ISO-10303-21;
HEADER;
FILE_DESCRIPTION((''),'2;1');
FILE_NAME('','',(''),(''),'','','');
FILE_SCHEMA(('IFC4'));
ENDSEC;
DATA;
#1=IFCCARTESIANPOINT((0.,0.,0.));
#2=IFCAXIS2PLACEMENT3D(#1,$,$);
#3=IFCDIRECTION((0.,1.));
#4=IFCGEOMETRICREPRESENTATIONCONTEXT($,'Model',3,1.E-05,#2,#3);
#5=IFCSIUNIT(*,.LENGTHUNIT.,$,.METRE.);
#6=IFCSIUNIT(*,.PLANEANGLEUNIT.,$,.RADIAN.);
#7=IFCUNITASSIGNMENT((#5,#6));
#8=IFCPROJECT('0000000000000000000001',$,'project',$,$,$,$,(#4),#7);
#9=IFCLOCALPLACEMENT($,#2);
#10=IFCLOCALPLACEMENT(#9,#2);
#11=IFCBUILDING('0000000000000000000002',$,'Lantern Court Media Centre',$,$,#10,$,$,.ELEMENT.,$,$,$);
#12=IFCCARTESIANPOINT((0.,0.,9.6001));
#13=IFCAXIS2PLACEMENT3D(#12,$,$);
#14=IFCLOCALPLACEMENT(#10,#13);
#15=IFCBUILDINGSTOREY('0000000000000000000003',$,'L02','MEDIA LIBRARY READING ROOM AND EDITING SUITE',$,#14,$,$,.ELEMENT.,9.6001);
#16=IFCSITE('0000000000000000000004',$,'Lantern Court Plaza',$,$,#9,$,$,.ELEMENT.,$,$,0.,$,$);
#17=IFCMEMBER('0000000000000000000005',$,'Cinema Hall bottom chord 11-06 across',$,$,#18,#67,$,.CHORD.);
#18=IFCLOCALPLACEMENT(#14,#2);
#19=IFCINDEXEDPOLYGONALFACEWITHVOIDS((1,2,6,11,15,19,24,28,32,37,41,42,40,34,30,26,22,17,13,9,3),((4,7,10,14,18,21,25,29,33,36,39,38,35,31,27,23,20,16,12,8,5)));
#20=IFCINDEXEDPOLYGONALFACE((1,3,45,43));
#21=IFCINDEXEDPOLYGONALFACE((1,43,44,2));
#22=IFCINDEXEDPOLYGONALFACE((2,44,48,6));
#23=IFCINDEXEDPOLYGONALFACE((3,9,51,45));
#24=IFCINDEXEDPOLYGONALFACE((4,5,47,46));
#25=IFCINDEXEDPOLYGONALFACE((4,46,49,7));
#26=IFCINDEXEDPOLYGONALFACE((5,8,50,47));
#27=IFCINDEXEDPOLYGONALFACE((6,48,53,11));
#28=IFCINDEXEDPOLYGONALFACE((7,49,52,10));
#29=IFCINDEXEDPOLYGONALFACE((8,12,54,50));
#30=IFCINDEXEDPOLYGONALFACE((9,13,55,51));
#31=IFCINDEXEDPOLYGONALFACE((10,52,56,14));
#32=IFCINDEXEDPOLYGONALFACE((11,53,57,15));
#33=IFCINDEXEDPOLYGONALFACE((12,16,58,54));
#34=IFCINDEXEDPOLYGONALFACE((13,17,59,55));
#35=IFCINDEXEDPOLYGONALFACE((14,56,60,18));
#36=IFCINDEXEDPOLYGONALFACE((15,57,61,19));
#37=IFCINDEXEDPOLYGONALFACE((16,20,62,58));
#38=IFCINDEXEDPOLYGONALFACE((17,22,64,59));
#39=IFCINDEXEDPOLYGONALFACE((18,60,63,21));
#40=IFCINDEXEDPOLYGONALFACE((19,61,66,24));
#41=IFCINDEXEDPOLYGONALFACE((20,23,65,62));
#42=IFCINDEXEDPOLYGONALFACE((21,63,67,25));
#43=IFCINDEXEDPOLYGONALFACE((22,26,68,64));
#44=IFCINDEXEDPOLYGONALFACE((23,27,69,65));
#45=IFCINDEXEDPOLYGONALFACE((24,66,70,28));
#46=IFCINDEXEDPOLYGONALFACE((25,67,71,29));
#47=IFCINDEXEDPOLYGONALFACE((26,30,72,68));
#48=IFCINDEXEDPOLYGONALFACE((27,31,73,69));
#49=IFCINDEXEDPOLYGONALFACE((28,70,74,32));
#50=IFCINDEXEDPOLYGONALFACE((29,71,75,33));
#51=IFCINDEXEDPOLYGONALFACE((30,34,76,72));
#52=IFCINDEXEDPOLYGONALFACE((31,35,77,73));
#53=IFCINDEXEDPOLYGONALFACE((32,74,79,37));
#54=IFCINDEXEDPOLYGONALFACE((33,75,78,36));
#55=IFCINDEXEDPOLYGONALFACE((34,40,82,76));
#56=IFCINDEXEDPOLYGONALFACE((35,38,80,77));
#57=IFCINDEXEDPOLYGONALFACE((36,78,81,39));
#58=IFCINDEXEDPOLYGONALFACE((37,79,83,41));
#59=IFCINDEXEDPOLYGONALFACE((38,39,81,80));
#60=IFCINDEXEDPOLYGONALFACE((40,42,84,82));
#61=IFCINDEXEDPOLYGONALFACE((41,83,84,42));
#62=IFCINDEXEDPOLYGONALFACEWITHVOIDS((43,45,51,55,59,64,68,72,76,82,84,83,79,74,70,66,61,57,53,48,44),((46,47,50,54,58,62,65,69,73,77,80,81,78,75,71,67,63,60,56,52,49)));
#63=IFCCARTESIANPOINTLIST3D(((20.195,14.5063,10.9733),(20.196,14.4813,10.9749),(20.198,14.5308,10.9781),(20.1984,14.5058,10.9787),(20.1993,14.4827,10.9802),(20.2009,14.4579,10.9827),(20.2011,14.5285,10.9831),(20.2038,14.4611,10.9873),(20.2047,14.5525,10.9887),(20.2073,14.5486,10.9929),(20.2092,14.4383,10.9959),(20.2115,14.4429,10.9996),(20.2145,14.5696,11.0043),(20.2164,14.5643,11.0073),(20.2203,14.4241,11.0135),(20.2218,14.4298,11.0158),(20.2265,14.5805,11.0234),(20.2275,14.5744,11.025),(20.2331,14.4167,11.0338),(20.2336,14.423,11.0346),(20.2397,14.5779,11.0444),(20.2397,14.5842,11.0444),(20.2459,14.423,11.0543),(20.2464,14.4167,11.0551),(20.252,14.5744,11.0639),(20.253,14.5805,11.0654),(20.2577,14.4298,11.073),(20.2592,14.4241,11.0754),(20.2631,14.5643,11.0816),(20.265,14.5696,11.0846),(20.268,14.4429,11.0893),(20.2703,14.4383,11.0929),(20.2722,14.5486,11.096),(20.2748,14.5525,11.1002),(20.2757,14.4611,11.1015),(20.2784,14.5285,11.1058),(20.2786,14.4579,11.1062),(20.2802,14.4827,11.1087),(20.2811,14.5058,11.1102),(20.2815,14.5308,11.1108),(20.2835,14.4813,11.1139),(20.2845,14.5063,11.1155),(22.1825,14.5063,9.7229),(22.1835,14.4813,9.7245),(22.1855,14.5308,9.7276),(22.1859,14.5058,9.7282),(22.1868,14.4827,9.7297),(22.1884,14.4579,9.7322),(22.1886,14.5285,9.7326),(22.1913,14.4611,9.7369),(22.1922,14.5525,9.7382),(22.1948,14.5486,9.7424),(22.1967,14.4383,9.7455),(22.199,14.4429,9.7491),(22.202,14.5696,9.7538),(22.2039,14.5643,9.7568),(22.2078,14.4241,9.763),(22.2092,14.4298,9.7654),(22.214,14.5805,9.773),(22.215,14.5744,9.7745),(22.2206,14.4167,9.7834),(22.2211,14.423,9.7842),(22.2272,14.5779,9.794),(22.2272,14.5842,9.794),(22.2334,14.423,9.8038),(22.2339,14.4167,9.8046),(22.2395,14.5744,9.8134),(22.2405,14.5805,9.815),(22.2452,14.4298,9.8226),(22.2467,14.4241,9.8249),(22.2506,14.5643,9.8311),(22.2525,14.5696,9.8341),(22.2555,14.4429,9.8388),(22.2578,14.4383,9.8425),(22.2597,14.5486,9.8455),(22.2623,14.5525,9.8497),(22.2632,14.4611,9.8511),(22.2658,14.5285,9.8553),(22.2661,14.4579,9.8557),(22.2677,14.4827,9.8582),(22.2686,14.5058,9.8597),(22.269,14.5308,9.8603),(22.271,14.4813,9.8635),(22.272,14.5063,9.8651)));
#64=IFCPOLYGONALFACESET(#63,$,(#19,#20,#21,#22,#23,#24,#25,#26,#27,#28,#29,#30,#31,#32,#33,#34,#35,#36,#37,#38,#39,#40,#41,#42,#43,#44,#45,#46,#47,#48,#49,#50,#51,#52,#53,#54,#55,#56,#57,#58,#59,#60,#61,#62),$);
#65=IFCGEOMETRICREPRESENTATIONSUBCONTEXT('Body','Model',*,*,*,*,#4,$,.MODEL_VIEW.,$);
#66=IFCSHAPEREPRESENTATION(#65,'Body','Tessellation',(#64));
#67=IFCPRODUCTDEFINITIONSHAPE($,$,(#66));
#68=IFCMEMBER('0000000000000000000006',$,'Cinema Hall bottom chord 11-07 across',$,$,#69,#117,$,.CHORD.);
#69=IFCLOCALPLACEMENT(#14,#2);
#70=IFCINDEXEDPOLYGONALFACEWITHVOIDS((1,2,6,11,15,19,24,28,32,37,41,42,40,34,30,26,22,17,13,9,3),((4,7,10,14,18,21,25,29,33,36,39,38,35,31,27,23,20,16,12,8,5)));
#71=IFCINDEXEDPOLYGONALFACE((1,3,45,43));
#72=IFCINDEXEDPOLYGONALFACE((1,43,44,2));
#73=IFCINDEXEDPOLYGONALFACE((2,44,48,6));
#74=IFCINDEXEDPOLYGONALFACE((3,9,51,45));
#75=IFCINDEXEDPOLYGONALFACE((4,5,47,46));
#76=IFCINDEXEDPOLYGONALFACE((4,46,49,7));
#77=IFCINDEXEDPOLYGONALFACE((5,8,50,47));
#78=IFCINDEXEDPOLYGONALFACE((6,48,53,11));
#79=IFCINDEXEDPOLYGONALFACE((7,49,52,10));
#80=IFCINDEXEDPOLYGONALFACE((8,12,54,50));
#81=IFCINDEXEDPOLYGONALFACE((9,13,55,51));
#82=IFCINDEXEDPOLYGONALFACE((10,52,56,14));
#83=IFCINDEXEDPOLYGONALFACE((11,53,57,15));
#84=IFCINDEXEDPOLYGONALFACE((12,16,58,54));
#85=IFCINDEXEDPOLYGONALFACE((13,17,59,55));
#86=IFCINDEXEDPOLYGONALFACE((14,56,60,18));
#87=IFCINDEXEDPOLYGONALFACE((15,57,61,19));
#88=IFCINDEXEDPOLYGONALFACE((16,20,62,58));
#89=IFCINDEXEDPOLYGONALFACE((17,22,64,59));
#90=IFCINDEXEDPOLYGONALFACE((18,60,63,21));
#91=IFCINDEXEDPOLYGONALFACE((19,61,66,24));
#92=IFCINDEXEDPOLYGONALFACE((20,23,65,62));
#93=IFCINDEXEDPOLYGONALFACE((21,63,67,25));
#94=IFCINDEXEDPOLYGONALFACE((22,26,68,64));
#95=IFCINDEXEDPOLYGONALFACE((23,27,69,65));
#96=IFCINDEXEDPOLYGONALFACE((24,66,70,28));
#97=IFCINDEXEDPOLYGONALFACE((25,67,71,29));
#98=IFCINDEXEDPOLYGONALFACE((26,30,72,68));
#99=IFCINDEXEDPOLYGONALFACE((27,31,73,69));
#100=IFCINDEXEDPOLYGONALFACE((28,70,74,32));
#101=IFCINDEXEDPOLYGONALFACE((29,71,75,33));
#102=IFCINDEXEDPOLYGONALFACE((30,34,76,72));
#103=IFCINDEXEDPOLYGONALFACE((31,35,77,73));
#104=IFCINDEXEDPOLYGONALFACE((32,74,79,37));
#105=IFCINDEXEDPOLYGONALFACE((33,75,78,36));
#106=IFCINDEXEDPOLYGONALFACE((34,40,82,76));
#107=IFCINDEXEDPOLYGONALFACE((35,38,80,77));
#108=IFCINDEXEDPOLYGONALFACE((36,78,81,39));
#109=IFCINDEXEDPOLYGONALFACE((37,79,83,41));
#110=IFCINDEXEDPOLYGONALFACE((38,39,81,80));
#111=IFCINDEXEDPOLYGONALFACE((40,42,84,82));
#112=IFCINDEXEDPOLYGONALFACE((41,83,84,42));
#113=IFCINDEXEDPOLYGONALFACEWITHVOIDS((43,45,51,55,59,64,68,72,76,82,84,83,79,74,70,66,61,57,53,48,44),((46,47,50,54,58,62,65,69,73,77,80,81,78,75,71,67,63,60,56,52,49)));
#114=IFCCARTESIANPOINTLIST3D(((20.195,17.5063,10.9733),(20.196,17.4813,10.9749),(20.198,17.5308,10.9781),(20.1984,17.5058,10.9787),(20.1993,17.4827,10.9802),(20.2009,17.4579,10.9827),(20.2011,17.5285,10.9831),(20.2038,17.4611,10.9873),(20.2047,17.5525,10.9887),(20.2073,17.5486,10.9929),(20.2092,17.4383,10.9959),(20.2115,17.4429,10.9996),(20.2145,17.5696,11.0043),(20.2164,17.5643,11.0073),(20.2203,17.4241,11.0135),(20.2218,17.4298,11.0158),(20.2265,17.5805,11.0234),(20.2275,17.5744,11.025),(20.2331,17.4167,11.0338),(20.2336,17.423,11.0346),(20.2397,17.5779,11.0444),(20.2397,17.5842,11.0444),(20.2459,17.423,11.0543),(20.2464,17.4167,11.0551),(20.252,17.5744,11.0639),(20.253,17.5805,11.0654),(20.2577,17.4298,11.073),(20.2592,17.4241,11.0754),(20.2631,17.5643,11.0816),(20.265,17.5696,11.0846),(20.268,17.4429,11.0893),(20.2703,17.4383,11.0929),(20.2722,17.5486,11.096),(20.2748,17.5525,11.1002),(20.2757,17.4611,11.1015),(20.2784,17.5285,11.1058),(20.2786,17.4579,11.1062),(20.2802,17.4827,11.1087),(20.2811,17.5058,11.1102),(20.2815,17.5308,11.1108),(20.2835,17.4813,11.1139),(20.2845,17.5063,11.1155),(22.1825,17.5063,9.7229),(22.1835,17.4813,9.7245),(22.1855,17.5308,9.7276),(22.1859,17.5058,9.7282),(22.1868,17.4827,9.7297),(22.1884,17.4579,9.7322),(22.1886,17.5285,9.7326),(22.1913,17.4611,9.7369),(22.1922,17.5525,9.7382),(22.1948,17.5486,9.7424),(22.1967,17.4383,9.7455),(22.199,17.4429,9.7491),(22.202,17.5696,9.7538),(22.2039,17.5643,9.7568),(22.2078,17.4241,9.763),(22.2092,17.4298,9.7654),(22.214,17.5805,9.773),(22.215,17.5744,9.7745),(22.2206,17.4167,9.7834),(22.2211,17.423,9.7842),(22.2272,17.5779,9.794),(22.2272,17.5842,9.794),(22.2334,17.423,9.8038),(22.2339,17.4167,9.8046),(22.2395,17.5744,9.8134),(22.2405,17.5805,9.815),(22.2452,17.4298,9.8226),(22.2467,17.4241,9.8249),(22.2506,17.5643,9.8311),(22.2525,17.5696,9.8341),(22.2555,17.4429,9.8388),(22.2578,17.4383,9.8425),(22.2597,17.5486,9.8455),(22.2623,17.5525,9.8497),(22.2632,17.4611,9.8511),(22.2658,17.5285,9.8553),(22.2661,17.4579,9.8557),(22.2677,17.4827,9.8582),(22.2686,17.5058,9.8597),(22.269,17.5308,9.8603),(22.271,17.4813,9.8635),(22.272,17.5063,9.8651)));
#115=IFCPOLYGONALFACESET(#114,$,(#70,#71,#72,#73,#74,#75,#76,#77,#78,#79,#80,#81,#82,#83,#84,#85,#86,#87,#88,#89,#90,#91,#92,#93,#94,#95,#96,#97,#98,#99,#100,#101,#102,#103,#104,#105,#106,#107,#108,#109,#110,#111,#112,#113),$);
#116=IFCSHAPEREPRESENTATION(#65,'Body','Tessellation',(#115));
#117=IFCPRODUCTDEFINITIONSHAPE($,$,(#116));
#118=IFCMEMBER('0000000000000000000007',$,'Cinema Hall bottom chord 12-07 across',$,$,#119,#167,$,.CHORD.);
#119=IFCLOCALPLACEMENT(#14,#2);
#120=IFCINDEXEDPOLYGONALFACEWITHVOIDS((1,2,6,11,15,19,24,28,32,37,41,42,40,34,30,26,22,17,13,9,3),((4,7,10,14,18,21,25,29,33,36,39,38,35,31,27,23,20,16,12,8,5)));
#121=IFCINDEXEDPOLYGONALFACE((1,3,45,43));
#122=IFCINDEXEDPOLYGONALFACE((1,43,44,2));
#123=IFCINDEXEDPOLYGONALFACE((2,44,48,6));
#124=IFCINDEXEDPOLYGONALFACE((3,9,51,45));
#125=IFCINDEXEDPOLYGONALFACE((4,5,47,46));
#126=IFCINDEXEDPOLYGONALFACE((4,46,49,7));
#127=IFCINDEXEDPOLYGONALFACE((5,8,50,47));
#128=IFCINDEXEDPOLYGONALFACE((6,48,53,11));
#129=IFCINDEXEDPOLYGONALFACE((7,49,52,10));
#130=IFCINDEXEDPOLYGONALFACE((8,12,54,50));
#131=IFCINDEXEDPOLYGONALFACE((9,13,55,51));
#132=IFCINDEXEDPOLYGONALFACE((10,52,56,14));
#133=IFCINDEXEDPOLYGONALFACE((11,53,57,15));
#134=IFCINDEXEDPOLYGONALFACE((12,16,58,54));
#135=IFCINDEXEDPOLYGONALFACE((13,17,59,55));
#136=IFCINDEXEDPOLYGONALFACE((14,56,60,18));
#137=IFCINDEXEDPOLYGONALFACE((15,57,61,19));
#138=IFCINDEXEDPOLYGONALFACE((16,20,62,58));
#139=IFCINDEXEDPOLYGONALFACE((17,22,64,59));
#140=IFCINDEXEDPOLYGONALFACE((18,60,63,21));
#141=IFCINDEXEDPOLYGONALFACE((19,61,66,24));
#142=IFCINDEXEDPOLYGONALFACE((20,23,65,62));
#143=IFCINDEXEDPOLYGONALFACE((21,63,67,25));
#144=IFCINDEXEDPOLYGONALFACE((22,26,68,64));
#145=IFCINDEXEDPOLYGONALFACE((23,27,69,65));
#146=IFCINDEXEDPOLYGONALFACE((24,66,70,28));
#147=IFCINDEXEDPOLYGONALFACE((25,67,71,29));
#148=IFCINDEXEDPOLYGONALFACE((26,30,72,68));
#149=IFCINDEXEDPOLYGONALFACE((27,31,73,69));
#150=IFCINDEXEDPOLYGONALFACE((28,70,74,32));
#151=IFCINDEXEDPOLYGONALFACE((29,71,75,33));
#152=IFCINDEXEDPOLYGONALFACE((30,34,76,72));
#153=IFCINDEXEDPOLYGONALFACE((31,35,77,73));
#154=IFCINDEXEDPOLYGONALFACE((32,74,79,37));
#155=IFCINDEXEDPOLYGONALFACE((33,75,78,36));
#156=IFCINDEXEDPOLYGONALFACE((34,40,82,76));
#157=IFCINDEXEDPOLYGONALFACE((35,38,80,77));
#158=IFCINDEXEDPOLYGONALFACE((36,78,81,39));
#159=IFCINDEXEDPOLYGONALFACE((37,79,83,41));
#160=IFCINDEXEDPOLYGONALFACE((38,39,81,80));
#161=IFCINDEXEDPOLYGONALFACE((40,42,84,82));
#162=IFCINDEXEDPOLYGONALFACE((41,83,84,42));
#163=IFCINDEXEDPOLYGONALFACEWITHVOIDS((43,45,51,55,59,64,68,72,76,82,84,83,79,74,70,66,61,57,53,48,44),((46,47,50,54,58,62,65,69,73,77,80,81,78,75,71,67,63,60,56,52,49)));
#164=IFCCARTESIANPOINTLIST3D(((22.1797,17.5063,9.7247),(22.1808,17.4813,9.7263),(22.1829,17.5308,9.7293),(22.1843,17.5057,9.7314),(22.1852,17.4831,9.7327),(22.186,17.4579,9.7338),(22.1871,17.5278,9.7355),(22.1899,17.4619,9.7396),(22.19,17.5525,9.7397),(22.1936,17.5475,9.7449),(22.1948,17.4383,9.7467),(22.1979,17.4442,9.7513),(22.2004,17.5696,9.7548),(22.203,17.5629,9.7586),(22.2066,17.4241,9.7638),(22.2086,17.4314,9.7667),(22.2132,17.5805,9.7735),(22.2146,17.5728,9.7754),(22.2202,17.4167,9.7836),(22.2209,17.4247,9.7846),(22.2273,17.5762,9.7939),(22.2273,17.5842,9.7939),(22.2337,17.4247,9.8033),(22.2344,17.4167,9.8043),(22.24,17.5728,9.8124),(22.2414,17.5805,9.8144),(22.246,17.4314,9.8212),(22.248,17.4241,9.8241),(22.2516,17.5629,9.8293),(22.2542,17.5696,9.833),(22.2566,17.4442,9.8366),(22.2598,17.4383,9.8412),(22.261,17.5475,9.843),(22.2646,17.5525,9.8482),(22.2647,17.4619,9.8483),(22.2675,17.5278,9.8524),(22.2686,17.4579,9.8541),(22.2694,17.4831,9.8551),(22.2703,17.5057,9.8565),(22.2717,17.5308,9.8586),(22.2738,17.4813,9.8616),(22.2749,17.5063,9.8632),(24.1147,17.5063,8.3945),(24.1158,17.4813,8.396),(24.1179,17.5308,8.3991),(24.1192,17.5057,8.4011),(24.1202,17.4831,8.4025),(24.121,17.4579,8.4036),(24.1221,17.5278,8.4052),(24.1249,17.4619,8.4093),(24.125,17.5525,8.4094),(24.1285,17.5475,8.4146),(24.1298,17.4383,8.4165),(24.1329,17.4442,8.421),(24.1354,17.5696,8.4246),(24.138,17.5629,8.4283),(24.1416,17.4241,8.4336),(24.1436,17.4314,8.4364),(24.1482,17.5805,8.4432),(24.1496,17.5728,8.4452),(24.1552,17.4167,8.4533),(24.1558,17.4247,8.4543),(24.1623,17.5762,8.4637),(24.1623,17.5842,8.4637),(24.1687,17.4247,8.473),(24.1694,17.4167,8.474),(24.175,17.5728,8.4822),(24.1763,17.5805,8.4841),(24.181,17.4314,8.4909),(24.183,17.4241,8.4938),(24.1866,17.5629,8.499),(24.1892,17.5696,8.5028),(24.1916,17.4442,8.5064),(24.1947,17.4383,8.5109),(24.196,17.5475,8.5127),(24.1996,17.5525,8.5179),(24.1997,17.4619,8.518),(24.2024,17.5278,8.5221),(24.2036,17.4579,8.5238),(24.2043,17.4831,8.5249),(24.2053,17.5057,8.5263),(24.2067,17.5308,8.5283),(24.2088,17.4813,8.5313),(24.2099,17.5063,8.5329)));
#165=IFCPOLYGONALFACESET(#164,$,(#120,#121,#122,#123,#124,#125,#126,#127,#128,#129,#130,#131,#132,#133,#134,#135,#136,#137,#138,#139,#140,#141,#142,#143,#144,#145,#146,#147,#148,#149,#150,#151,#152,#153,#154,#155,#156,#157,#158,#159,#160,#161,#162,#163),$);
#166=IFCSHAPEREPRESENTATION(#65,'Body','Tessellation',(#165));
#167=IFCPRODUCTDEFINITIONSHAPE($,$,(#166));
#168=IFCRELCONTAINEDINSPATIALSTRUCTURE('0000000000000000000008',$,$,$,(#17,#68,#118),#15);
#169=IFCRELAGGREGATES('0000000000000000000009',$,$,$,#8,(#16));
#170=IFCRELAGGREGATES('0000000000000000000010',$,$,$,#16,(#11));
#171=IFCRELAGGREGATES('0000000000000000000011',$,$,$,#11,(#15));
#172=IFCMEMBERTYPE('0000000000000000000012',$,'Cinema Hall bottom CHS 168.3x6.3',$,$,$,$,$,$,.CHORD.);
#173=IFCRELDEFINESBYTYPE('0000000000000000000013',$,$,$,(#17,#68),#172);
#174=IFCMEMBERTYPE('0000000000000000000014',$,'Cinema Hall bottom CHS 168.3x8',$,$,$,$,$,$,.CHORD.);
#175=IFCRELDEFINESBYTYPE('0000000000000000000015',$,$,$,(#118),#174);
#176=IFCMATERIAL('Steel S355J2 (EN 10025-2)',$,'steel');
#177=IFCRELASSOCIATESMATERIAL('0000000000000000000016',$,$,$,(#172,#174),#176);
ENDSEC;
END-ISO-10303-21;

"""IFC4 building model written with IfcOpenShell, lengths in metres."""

from ifc_helpers import new_model, si_unit, direction, frame, origin, origin_2d, place, context, subcontext, project, spatial, hollow_circle, extrude, material, material_profile, profile_set, type_object, element, save


model = new_model("IFC4")

# Units and contexts
model_context = context("Model", 3, precision=1e-05, world=origin(), true_north=direction((0.0, 1.0)))
body_context = subcontext(model_context, "Body", "Model", "MODEL_VIEW")
ifc_project = project(units=[si_unit("LENGTHUNIT", "METRE"), si_unit("PLANEANGLEUNIT", "RADIAN")], contexts=[model_context])

# Site, building, storey
site_placement = place(None, origin())
site = spatial("IfcSite", under=ifc_project, at=site_placement, Name="Lantern Court Plaza", CompositionType="ELEMENT", RefElevation=0.0)
building_placement = place(site_placement, origin())
building = spatial("IfcBuilding", under=site, at=building_placement, Name="Lantern Court Media Centre", CompositionType="ELEMENT")
storey_placement = place(building_placement, frame((0.0, 0.0, 9.6001)))
storey = spatial("IfcBuildingStorey", under=building, at=storey_placement, Name="L02", Description="MEDIA LIBRARY READING ROOM AND EDITING SUITE", CompositionType="ELEMENT", Elevation=9.6001)

# Members
ifc_material = material(Name="Steel S355J2 (EN 10025-2)", Category="steel")
ifc_material_profile_1 = material_profile(ifc_material, hollow_circle(Radius=0.0842, WallThickness=0.0063, at=origin_2d()), Name="Cinema Hall bottom CHS 168.3x6.3")
ifc_profile_set_1 = profile_set([ifc_material_profile_1], Name="Steel S355J2 (EN 10025-2)")
member_type_1 = type_object("IfcMemberType", Name="Cinema Hall bottom CHS 168.3x6.3", PredefinedType="CHORD", material=ifc_profile_set_1)
for number, where, z_axis, x_axis, name in (
    (1, (20.2397, 14.5, 11.0444), (0.846412, 0.0, -0.532529), (0.0, 1.0, 0.0), "Cinema Hall bottom chord 11-06 across"),
    (2, (20.2397, 17.5, 11.0444), (0.846412, 0.0, -0.532529), (0.0, 1.0, 0.0), "Cinema Hall bottom chord 11-07 across"),
):
    element("IfcMember", number, at=place(storey_placement, frame(where, z_axis=z_axis, x_axis=x_axis)), inside=storey, type_object=member_type_1, Name=name, PredefinedType="CHORD", context=body_context, shape_type="SweptSolid", body=[
        extrude(hollow_circle(Radius=0.0842, WallThickness=0.0063, at=origin_2d()), origin(), (0.0, 0.0, 1.0), 2.3481),
    ])
ifc_material_profile_2 = material_profile(ifc_material, hollow_circle(Radius=0.0842, WallThickness=0.0081, at=origin_2d()), Name="Cinema Hall bottom CHS 168.3x8")
ifc_profile_set_2 = profile_set([ifc_material_profile_2], Name="Steel S355J2 (EN 10025-2)")
member_type_2 = type_object("IfcMemberType", Name="Cinema Hall bottom CHS 168.3x8", PredefinedType="CHORD", material=ifc_profile_set_2)
member_1_placement = place(storey_placement, frame((22.2273, 17.5, 9.7939), z_axis=(0.824048, 0.0, -0.56652), x_axis=(0.0, 1.0, 0.0)))
element("IfcMember", 3, at=member_1_placement, inside=storey, type_object=member_type_2, Name="Cinema Hall bottom chord 12-07 across", PredefinedType="CHORD", context=body_context, shape_type="SweptSolid", body=[
    extrude(hollow_circle(Radius=0.0842, WallThickness=0.0081, at=origin_2d()), origin(), (0.0, 0.0, 1.0), 2.3481),
])

save(model, "model.ifc")
